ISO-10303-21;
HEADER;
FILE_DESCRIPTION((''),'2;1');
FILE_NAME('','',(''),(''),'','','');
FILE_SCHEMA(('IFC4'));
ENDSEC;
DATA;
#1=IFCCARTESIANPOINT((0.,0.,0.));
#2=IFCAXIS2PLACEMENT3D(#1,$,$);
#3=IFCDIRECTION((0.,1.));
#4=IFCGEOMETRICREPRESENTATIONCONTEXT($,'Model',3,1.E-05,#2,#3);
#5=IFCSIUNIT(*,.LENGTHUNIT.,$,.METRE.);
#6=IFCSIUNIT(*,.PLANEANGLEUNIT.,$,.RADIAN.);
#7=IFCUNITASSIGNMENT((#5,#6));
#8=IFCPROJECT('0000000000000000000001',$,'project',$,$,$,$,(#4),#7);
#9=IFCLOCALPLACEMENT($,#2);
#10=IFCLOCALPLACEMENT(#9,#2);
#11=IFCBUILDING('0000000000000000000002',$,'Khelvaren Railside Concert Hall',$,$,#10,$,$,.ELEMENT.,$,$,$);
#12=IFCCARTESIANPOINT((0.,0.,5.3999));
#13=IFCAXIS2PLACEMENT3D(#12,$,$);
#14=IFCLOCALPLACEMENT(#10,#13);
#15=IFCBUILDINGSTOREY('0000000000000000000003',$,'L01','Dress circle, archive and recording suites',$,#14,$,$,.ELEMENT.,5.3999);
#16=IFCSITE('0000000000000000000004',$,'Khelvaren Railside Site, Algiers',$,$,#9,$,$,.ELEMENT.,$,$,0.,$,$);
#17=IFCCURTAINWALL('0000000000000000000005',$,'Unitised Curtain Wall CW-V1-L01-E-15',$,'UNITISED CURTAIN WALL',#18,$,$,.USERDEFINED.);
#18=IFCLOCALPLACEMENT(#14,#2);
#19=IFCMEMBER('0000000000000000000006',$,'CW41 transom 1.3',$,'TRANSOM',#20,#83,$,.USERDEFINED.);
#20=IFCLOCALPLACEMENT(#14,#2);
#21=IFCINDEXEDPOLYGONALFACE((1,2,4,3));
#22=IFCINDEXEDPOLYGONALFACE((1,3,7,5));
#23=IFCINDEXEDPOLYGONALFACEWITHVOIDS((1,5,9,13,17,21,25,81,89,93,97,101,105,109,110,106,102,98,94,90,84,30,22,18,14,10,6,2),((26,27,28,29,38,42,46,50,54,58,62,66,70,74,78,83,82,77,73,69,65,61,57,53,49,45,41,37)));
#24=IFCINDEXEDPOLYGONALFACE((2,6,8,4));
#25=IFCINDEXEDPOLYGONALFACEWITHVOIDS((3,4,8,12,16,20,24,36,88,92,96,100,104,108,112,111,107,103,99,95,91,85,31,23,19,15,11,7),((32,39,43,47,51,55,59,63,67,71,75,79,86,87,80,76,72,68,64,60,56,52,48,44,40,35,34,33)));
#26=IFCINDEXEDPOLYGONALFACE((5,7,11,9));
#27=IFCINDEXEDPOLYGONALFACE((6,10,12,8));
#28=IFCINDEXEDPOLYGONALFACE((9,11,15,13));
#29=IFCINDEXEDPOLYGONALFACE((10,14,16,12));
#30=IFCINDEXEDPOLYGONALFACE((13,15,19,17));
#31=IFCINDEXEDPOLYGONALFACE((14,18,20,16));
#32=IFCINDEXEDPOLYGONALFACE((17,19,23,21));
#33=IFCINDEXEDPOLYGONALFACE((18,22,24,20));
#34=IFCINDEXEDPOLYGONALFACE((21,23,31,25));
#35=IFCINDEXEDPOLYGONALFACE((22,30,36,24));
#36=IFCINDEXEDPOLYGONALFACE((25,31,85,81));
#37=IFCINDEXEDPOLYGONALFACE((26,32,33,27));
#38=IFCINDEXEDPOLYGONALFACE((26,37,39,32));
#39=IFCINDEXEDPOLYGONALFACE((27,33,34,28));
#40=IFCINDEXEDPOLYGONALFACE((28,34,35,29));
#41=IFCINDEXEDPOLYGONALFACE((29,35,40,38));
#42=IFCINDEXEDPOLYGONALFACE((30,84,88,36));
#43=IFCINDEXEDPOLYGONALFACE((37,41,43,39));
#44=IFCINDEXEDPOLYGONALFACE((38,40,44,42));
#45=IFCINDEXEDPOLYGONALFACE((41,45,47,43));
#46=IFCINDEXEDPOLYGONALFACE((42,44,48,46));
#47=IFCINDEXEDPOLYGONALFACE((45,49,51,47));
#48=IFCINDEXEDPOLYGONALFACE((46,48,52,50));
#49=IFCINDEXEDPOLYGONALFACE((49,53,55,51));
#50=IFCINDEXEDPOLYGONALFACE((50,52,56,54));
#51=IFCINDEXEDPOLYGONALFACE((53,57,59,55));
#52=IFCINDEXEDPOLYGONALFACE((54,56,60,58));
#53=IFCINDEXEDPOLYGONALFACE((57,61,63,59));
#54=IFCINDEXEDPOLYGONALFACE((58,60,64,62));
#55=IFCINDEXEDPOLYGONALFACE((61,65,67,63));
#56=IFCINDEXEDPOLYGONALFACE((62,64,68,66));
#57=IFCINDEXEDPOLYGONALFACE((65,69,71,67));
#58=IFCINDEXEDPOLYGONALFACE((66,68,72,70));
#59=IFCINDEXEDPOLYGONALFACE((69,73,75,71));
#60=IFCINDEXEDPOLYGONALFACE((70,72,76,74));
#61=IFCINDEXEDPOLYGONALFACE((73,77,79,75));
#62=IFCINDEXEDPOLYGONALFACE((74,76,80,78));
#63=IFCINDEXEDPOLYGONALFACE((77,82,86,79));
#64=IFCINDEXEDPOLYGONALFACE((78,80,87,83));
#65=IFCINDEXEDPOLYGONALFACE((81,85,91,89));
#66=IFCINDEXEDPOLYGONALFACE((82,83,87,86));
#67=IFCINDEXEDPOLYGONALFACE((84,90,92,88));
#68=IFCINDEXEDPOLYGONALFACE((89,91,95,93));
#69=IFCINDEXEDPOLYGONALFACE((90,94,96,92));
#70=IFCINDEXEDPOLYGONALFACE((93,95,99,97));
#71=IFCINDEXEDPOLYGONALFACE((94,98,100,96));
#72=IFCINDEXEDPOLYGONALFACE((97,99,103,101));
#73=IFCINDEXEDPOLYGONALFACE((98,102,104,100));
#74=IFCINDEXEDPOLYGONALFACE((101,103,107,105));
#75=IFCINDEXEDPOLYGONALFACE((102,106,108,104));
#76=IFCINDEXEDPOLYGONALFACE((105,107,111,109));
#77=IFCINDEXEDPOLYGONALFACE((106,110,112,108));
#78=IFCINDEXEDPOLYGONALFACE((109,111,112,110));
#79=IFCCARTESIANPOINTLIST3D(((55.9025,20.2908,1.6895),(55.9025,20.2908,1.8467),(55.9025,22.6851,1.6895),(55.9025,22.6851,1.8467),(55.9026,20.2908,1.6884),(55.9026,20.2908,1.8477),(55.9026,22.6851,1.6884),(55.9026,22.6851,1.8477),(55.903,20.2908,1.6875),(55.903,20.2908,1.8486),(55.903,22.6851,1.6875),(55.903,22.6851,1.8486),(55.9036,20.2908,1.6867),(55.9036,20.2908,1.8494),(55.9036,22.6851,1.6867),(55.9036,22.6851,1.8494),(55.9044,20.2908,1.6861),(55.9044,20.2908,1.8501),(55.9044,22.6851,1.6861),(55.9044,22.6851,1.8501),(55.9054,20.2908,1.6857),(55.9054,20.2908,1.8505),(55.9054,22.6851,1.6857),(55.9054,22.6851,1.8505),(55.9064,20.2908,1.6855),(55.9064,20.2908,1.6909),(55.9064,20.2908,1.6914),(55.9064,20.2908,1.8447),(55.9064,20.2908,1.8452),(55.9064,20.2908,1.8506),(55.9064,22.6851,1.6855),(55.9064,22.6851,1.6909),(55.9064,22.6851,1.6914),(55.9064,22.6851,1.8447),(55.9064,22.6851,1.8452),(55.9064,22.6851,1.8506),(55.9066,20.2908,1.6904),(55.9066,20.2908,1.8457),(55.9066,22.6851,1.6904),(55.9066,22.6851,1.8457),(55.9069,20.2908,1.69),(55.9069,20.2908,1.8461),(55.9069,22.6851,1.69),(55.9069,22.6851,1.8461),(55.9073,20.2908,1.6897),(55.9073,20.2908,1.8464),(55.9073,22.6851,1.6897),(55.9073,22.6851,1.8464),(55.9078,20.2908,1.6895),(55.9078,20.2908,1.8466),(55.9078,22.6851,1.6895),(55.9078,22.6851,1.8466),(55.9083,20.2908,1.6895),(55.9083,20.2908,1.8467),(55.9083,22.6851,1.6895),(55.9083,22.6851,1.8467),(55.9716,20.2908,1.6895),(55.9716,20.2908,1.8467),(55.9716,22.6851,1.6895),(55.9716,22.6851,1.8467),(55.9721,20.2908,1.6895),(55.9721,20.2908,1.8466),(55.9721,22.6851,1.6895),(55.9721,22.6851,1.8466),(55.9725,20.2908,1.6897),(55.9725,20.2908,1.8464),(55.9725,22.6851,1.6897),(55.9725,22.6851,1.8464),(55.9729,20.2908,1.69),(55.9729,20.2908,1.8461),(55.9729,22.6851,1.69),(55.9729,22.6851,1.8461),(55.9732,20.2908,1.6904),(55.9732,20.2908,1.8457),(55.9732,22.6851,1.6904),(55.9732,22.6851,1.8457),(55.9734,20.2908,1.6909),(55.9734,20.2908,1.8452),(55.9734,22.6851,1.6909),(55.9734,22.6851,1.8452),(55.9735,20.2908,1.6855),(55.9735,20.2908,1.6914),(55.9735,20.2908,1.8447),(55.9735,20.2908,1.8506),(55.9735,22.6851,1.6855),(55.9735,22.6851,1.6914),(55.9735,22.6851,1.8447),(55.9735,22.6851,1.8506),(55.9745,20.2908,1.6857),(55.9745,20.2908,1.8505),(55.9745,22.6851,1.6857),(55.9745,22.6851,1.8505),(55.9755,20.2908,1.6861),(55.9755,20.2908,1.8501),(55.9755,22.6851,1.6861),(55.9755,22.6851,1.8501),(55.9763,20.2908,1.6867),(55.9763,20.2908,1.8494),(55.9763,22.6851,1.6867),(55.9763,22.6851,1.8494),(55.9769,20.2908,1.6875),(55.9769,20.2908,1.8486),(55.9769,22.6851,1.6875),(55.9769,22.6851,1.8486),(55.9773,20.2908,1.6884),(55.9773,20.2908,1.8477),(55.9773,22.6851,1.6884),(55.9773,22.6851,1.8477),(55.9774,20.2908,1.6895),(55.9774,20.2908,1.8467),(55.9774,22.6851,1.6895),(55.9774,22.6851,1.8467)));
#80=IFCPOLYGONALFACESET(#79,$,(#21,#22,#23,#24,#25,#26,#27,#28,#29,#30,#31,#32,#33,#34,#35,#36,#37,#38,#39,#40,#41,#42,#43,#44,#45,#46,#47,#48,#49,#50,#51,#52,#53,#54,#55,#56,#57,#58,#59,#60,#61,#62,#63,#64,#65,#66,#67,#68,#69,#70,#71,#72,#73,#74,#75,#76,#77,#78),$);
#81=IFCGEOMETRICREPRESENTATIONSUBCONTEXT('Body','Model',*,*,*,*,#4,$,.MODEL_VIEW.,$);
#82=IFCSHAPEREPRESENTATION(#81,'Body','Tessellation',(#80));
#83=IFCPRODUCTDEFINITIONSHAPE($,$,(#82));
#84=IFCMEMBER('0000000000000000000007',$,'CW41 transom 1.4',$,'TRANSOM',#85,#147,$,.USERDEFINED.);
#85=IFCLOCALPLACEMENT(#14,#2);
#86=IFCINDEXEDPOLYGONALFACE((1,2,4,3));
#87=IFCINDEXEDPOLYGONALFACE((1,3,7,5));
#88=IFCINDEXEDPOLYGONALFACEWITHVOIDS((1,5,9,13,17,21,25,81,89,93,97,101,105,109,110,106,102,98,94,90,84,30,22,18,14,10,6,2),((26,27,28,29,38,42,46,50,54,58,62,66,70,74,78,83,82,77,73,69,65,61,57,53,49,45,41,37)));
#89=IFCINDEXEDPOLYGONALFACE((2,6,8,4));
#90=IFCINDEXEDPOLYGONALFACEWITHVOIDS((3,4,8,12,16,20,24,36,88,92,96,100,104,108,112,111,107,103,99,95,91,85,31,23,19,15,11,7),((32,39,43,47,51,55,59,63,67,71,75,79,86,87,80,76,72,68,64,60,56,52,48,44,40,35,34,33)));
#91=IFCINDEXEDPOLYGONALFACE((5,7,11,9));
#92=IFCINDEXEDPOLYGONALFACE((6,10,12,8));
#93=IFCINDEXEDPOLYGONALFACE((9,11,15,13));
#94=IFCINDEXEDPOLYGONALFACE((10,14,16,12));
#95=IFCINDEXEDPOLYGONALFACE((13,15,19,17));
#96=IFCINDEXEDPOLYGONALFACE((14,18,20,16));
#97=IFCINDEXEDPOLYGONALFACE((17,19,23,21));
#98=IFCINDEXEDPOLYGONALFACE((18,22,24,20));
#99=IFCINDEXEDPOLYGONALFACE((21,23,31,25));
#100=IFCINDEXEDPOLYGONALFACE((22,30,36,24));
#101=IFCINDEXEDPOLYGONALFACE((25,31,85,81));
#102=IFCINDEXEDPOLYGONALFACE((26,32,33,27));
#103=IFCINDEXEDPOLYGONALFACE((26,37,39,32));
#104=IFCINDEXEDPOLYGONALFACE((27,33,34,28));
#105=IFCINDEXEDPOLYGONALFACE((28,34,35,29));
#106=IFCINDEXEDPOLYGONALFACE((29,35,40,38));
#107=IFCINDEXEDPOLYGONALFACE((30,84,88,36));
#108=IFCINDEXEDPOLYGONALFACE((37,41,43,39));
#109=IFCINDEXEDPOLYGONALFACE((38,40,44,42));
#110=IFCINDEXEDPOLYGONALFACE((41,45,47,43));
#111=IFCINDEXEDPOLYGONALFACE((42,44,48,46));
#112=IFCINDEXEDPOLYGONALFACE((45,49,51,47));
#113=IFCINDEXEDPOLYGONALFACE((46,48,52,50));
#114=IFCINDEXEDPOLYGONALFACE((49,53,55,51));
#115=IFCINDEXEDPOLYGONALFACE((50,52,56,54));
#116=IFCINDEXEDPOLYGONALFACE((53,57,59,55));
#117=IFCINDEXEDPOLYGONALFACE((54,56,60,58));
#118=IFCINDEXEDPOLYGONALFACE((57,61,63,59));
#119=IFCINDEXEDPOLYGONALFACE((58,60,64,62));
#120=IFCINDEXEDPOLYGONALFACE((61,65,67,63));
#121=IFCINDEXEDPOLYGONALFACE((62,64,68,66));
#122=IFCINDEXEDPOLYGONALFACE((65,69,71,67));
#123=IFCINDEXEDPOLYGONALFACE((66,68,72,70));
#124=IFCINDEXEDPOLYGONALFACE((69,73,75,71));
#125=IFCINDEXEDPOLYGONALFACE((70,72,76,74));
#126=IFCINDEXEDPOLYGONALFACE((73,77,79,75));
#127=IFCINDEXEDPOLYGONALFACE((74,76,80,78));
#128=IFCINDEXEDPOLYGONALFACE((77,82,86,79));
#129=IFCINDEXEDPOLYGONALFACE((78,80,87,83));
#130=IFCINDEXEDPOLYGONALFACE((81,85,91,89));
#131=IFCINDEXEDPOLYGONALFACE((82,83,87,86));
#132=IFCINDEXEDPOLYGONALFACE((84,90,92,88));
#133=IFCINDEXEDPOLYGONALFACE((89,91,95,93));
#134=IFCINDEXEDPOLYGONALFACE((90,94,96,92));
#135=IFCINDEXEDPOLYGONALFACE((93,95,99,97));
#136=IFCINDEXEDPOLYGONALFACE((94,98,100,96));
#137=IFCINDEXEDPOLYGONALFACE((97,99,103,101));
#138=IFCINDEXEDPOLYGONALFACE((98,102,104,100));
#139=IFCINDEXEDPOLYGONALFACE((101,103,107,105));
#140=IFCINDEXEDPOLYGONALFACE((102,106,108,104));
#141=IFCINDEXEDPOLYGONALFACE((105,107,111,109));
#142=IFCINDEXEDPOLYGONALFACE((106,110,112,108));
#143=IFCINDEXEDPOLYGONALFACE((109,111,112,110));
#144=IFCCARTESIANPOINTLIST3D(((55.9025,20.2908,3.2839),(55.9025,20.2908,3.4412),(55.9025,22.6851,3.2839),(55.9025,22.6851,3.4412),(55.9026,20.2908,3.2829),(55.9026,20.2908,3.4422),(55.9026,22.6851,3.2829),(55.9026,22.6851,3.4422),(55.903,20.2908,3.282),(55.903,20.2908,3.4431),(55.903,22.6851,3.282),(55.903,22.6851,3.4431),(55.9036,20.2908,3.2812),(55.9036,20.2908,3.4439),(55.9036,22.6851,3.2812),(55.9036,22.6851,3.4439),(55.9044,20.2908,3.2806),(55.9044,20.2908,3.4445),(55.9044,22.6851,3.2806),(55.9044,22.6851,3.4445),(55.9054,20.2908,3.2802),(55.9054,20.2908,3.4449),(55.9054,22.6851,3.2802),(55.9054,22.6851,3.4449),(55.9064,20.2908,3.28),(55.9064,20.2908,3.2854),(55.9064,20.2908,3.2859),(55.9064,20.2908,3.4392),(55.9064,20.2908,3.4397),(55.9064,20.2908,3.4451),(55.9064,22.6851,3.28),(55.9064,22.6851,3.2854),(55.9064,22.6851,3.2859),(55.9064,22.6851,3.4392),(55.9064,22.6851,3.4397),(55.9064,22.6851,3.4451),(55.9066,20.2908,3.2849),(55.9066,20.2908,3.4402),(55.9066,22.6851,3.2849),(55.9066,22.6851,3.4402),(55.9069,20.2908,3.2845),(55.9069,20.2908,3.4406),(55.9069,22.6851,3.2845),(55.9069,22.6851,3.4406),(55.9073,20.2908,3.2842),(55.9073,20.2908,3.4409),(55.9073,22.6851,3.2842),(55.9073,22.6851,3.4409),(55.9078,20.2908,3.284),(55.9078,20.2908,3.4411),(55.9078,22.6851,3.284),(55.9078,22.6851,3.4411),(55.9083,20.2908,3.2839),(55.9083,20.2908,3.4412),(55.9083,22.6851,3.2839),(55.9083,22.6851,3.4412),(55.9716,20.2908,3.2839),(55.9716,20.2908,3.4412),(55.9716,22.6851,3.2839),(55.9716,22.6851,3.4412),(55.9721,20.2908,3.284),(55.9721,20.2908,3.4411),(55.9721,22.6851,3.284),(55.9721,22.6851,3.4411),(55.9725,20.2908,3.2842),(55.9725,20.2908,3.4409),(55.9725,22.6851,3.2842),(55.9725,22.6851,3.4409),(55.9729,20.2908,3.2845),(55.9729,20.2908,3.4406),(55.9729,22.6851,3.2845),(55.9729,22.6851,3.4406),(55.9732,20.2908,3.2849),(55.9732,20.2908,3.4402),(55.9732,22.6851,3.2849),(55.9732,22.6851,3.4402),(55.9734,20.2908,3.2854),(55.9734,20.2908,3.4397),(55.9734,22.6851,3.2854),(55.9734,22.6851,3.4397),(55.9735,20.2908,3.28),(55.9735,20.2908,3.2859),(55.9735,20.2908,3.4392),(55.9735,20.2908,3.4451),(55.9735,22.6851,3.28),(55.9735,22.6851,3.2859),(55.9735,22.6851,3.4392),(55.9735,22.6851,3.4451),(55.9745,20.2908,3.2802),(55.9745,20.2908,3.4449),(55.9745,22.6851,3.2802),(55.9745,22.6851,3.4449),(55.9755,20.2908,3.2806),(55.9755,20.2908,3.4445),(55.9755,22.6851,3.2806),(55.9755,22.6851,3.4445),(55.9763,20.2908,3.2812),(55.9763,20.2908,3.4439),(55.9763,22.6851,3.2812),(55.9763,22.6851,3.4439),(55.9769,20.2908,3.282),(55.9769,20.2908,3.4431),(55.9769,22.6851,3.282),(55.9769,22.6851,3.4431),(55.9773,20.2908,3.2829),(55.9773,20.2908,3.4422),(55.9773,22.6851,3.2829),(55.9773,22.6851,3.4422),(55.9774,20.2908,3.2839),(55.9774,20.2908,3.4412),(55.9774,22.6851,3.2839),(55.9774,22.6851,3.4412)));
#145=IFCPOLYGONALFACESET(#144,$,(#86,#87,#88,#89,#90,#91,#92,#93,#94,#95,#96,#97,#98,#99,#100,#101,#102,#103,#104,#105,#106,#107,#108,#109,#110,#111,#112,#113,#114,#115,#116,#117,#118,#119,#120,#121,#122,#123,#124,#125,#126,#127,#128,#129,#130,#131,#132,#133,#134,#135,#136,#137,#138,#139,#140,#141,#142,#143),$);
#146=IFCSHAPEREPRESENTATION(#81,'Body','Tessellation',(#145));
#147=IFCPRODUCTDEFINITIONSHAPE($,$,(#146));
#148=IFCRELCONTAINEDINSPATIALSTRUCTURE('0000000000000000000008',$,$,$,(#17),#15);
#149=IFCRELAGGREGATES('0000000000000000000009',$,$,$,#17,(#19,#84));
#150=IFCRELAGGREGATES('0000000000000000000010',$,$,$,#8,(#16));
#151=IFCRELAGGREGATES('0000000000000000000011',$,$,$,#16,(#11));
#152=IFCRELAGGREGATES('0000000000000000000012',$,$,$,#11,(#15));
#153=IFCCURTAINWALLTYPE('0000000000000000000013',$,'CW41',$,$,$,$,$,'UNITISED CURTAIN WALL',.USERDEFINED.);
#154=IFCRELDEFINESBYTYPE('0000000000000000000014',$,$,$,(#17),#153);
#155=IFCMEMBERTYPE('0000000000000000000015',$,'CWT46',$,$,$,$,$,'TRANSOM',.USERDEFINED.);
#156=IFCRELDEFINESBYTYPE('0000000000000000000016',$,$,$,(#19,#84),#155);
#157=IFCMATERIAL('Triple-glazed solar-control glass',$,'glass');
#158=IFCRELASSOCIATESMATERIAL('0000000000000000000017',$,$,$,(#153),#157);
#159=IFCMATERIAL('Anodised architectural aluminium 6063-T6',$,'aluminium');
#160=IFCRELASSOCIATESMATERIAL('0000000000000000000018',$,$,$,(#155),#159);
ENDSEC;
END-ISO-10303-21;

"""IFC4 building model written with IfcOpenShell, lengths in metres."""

from ifc_helpers import new_model, si_unit, direction, frame, origin, origin_2d, place, context, subcontext, project, spatial, hollow_rectangle, extrude, material, material_profile, profile_set, type_object, element, aggregate, save


model = new_model("IFC4")

# Units and contexts
model_context = context("Model", 3, precision=1e-05, world=origin(), true_north=direction((0.0, 1.0)))
body_context = subcontext(model_context, "Body", "Model", "MODEL_VIEW")
ifc_project = project(units=[si_unit("LENGTHUNIT", "METRE"), si_unit("PLANEANGLEUNIT", "RADIAN")], contexts=[model_context])

# Site, building, storey
site_placement = place(None, origin())
site = spatial("IfcSite", under=ifc_project, at=site_placement, Name="Khelvaren Railside Site, Algiers", CompositionType="ELEMENT", RefElevation=0.0)
building_placement = place(site_placement, origin())
building = spatial("IfcBuilding", under=site, at=building_placement, Name="Khelvaren Railside Concert Hall", CompositionType="ELEMENT")
storey_placement = place(building_placement, frame((0.0, 0.0, 5.3999)))
storey = spatial("IfcBuildingStorey", under=building, at=storey_placement, Name="L01", Description="Dress circle, archive and recording suites", CompositionType="ELEMENT", Elevation=5.3999)

# Curtain wall, members
ifc_material_1 = material(Name="Triple-glazed solar-control glass", Category="glass")
curtain_wall_type = type_object("IfcCurtainWallType", Name="CW41", ElementType="UNITISED CURTAIN WALL", PredefinedType="USERDEFINED", material=ifc_material_1)
curtain_wall_placement = place(storey_placement, origin())
curtain_wall = element("IfcCurtainWall", 1, at=curtain_wall_placement, inside=storey, type_object=curtain_wall_type, Name="Unitised Curtain Wall CW-V1-L01-E-15", ObjectType="UNITISED CURTAIN WALL", PredefinedType="USERDEFINED")
ifc_material_2 = material(Name="Anodised architectural aluminium 6063-T6", Category="aluminium")
ifc_material_profile_1 = material_profile(ifc_material_2, hollow_rectangle(XDim=0.075, YDim=0.165, WallThickness=0.0039, InnerFilletRadius=0.002, OuterFilletRadius=0.0039, at=origin_2d()), Name="CWT 75x165x4")
ifc_profile_set_1 = profile_set([ifc_material_profile_1], Name="Anodised architectural aluminium 6063-T6")
member_type_1 = type_object("IfcMemberType", Name="CWT46", ElementType="TRANSOM", PredefinedType="USERDEFINED", material=ifc_profile_set_1)
member_1_placement = place(storey_placement, frame((55.9399, 22.6851, 1.7681), z_axis=(0.0, -1.0, 0.0), x_axis=(1.0, 0.0, 0.0)))
member_1 = element("IfcMember", 2, at=member_1_placement, type_object=member_type_1, Name="CW41 transom 1.3", ObjectType="TRANSOM", PredefinedType="USERDEFINED", context=body_context, shape_type="SweptSolid", body=[
    extrude(hollow_rectangle(XDim=0.075, YDim=0.165, WallThickness=0.0039, InnerFilletRadius=0.002, OuterFilletRadius=0.0039, at=origin_2d()), origin(), (0.0, 0.0, 1.0), 2.3943),
])
member_2_placement = place(storey_placement, frame((55.9399, 22.6851, 3.3625), z_axis=(0.0, -1.0, 0.0), x_axis=(1.0, 0.0, 0.0)))
member_2 = element("IfcMember", 3, at=member_2_placement, type_object=member_type_1, Name="CW41 transom 1.4", ObjectType="TRANSOM", PredefinedType="USERDEFINED", context=body_context, shape_type="SweptSolid", body=[
    extrude(hollow_rectangle(XDim=0.075, YDim=0.165, WallThickness=0.0039, InnerFilletRadius=0.002, OuterFilletRadius=0.0039, at=origin_2d()), origin(), (0.0, 0.0, 1.0), 2.3943),
])

aggregate(curtain_wall, [member_1, member_2])

save(model, "model.ifc")
